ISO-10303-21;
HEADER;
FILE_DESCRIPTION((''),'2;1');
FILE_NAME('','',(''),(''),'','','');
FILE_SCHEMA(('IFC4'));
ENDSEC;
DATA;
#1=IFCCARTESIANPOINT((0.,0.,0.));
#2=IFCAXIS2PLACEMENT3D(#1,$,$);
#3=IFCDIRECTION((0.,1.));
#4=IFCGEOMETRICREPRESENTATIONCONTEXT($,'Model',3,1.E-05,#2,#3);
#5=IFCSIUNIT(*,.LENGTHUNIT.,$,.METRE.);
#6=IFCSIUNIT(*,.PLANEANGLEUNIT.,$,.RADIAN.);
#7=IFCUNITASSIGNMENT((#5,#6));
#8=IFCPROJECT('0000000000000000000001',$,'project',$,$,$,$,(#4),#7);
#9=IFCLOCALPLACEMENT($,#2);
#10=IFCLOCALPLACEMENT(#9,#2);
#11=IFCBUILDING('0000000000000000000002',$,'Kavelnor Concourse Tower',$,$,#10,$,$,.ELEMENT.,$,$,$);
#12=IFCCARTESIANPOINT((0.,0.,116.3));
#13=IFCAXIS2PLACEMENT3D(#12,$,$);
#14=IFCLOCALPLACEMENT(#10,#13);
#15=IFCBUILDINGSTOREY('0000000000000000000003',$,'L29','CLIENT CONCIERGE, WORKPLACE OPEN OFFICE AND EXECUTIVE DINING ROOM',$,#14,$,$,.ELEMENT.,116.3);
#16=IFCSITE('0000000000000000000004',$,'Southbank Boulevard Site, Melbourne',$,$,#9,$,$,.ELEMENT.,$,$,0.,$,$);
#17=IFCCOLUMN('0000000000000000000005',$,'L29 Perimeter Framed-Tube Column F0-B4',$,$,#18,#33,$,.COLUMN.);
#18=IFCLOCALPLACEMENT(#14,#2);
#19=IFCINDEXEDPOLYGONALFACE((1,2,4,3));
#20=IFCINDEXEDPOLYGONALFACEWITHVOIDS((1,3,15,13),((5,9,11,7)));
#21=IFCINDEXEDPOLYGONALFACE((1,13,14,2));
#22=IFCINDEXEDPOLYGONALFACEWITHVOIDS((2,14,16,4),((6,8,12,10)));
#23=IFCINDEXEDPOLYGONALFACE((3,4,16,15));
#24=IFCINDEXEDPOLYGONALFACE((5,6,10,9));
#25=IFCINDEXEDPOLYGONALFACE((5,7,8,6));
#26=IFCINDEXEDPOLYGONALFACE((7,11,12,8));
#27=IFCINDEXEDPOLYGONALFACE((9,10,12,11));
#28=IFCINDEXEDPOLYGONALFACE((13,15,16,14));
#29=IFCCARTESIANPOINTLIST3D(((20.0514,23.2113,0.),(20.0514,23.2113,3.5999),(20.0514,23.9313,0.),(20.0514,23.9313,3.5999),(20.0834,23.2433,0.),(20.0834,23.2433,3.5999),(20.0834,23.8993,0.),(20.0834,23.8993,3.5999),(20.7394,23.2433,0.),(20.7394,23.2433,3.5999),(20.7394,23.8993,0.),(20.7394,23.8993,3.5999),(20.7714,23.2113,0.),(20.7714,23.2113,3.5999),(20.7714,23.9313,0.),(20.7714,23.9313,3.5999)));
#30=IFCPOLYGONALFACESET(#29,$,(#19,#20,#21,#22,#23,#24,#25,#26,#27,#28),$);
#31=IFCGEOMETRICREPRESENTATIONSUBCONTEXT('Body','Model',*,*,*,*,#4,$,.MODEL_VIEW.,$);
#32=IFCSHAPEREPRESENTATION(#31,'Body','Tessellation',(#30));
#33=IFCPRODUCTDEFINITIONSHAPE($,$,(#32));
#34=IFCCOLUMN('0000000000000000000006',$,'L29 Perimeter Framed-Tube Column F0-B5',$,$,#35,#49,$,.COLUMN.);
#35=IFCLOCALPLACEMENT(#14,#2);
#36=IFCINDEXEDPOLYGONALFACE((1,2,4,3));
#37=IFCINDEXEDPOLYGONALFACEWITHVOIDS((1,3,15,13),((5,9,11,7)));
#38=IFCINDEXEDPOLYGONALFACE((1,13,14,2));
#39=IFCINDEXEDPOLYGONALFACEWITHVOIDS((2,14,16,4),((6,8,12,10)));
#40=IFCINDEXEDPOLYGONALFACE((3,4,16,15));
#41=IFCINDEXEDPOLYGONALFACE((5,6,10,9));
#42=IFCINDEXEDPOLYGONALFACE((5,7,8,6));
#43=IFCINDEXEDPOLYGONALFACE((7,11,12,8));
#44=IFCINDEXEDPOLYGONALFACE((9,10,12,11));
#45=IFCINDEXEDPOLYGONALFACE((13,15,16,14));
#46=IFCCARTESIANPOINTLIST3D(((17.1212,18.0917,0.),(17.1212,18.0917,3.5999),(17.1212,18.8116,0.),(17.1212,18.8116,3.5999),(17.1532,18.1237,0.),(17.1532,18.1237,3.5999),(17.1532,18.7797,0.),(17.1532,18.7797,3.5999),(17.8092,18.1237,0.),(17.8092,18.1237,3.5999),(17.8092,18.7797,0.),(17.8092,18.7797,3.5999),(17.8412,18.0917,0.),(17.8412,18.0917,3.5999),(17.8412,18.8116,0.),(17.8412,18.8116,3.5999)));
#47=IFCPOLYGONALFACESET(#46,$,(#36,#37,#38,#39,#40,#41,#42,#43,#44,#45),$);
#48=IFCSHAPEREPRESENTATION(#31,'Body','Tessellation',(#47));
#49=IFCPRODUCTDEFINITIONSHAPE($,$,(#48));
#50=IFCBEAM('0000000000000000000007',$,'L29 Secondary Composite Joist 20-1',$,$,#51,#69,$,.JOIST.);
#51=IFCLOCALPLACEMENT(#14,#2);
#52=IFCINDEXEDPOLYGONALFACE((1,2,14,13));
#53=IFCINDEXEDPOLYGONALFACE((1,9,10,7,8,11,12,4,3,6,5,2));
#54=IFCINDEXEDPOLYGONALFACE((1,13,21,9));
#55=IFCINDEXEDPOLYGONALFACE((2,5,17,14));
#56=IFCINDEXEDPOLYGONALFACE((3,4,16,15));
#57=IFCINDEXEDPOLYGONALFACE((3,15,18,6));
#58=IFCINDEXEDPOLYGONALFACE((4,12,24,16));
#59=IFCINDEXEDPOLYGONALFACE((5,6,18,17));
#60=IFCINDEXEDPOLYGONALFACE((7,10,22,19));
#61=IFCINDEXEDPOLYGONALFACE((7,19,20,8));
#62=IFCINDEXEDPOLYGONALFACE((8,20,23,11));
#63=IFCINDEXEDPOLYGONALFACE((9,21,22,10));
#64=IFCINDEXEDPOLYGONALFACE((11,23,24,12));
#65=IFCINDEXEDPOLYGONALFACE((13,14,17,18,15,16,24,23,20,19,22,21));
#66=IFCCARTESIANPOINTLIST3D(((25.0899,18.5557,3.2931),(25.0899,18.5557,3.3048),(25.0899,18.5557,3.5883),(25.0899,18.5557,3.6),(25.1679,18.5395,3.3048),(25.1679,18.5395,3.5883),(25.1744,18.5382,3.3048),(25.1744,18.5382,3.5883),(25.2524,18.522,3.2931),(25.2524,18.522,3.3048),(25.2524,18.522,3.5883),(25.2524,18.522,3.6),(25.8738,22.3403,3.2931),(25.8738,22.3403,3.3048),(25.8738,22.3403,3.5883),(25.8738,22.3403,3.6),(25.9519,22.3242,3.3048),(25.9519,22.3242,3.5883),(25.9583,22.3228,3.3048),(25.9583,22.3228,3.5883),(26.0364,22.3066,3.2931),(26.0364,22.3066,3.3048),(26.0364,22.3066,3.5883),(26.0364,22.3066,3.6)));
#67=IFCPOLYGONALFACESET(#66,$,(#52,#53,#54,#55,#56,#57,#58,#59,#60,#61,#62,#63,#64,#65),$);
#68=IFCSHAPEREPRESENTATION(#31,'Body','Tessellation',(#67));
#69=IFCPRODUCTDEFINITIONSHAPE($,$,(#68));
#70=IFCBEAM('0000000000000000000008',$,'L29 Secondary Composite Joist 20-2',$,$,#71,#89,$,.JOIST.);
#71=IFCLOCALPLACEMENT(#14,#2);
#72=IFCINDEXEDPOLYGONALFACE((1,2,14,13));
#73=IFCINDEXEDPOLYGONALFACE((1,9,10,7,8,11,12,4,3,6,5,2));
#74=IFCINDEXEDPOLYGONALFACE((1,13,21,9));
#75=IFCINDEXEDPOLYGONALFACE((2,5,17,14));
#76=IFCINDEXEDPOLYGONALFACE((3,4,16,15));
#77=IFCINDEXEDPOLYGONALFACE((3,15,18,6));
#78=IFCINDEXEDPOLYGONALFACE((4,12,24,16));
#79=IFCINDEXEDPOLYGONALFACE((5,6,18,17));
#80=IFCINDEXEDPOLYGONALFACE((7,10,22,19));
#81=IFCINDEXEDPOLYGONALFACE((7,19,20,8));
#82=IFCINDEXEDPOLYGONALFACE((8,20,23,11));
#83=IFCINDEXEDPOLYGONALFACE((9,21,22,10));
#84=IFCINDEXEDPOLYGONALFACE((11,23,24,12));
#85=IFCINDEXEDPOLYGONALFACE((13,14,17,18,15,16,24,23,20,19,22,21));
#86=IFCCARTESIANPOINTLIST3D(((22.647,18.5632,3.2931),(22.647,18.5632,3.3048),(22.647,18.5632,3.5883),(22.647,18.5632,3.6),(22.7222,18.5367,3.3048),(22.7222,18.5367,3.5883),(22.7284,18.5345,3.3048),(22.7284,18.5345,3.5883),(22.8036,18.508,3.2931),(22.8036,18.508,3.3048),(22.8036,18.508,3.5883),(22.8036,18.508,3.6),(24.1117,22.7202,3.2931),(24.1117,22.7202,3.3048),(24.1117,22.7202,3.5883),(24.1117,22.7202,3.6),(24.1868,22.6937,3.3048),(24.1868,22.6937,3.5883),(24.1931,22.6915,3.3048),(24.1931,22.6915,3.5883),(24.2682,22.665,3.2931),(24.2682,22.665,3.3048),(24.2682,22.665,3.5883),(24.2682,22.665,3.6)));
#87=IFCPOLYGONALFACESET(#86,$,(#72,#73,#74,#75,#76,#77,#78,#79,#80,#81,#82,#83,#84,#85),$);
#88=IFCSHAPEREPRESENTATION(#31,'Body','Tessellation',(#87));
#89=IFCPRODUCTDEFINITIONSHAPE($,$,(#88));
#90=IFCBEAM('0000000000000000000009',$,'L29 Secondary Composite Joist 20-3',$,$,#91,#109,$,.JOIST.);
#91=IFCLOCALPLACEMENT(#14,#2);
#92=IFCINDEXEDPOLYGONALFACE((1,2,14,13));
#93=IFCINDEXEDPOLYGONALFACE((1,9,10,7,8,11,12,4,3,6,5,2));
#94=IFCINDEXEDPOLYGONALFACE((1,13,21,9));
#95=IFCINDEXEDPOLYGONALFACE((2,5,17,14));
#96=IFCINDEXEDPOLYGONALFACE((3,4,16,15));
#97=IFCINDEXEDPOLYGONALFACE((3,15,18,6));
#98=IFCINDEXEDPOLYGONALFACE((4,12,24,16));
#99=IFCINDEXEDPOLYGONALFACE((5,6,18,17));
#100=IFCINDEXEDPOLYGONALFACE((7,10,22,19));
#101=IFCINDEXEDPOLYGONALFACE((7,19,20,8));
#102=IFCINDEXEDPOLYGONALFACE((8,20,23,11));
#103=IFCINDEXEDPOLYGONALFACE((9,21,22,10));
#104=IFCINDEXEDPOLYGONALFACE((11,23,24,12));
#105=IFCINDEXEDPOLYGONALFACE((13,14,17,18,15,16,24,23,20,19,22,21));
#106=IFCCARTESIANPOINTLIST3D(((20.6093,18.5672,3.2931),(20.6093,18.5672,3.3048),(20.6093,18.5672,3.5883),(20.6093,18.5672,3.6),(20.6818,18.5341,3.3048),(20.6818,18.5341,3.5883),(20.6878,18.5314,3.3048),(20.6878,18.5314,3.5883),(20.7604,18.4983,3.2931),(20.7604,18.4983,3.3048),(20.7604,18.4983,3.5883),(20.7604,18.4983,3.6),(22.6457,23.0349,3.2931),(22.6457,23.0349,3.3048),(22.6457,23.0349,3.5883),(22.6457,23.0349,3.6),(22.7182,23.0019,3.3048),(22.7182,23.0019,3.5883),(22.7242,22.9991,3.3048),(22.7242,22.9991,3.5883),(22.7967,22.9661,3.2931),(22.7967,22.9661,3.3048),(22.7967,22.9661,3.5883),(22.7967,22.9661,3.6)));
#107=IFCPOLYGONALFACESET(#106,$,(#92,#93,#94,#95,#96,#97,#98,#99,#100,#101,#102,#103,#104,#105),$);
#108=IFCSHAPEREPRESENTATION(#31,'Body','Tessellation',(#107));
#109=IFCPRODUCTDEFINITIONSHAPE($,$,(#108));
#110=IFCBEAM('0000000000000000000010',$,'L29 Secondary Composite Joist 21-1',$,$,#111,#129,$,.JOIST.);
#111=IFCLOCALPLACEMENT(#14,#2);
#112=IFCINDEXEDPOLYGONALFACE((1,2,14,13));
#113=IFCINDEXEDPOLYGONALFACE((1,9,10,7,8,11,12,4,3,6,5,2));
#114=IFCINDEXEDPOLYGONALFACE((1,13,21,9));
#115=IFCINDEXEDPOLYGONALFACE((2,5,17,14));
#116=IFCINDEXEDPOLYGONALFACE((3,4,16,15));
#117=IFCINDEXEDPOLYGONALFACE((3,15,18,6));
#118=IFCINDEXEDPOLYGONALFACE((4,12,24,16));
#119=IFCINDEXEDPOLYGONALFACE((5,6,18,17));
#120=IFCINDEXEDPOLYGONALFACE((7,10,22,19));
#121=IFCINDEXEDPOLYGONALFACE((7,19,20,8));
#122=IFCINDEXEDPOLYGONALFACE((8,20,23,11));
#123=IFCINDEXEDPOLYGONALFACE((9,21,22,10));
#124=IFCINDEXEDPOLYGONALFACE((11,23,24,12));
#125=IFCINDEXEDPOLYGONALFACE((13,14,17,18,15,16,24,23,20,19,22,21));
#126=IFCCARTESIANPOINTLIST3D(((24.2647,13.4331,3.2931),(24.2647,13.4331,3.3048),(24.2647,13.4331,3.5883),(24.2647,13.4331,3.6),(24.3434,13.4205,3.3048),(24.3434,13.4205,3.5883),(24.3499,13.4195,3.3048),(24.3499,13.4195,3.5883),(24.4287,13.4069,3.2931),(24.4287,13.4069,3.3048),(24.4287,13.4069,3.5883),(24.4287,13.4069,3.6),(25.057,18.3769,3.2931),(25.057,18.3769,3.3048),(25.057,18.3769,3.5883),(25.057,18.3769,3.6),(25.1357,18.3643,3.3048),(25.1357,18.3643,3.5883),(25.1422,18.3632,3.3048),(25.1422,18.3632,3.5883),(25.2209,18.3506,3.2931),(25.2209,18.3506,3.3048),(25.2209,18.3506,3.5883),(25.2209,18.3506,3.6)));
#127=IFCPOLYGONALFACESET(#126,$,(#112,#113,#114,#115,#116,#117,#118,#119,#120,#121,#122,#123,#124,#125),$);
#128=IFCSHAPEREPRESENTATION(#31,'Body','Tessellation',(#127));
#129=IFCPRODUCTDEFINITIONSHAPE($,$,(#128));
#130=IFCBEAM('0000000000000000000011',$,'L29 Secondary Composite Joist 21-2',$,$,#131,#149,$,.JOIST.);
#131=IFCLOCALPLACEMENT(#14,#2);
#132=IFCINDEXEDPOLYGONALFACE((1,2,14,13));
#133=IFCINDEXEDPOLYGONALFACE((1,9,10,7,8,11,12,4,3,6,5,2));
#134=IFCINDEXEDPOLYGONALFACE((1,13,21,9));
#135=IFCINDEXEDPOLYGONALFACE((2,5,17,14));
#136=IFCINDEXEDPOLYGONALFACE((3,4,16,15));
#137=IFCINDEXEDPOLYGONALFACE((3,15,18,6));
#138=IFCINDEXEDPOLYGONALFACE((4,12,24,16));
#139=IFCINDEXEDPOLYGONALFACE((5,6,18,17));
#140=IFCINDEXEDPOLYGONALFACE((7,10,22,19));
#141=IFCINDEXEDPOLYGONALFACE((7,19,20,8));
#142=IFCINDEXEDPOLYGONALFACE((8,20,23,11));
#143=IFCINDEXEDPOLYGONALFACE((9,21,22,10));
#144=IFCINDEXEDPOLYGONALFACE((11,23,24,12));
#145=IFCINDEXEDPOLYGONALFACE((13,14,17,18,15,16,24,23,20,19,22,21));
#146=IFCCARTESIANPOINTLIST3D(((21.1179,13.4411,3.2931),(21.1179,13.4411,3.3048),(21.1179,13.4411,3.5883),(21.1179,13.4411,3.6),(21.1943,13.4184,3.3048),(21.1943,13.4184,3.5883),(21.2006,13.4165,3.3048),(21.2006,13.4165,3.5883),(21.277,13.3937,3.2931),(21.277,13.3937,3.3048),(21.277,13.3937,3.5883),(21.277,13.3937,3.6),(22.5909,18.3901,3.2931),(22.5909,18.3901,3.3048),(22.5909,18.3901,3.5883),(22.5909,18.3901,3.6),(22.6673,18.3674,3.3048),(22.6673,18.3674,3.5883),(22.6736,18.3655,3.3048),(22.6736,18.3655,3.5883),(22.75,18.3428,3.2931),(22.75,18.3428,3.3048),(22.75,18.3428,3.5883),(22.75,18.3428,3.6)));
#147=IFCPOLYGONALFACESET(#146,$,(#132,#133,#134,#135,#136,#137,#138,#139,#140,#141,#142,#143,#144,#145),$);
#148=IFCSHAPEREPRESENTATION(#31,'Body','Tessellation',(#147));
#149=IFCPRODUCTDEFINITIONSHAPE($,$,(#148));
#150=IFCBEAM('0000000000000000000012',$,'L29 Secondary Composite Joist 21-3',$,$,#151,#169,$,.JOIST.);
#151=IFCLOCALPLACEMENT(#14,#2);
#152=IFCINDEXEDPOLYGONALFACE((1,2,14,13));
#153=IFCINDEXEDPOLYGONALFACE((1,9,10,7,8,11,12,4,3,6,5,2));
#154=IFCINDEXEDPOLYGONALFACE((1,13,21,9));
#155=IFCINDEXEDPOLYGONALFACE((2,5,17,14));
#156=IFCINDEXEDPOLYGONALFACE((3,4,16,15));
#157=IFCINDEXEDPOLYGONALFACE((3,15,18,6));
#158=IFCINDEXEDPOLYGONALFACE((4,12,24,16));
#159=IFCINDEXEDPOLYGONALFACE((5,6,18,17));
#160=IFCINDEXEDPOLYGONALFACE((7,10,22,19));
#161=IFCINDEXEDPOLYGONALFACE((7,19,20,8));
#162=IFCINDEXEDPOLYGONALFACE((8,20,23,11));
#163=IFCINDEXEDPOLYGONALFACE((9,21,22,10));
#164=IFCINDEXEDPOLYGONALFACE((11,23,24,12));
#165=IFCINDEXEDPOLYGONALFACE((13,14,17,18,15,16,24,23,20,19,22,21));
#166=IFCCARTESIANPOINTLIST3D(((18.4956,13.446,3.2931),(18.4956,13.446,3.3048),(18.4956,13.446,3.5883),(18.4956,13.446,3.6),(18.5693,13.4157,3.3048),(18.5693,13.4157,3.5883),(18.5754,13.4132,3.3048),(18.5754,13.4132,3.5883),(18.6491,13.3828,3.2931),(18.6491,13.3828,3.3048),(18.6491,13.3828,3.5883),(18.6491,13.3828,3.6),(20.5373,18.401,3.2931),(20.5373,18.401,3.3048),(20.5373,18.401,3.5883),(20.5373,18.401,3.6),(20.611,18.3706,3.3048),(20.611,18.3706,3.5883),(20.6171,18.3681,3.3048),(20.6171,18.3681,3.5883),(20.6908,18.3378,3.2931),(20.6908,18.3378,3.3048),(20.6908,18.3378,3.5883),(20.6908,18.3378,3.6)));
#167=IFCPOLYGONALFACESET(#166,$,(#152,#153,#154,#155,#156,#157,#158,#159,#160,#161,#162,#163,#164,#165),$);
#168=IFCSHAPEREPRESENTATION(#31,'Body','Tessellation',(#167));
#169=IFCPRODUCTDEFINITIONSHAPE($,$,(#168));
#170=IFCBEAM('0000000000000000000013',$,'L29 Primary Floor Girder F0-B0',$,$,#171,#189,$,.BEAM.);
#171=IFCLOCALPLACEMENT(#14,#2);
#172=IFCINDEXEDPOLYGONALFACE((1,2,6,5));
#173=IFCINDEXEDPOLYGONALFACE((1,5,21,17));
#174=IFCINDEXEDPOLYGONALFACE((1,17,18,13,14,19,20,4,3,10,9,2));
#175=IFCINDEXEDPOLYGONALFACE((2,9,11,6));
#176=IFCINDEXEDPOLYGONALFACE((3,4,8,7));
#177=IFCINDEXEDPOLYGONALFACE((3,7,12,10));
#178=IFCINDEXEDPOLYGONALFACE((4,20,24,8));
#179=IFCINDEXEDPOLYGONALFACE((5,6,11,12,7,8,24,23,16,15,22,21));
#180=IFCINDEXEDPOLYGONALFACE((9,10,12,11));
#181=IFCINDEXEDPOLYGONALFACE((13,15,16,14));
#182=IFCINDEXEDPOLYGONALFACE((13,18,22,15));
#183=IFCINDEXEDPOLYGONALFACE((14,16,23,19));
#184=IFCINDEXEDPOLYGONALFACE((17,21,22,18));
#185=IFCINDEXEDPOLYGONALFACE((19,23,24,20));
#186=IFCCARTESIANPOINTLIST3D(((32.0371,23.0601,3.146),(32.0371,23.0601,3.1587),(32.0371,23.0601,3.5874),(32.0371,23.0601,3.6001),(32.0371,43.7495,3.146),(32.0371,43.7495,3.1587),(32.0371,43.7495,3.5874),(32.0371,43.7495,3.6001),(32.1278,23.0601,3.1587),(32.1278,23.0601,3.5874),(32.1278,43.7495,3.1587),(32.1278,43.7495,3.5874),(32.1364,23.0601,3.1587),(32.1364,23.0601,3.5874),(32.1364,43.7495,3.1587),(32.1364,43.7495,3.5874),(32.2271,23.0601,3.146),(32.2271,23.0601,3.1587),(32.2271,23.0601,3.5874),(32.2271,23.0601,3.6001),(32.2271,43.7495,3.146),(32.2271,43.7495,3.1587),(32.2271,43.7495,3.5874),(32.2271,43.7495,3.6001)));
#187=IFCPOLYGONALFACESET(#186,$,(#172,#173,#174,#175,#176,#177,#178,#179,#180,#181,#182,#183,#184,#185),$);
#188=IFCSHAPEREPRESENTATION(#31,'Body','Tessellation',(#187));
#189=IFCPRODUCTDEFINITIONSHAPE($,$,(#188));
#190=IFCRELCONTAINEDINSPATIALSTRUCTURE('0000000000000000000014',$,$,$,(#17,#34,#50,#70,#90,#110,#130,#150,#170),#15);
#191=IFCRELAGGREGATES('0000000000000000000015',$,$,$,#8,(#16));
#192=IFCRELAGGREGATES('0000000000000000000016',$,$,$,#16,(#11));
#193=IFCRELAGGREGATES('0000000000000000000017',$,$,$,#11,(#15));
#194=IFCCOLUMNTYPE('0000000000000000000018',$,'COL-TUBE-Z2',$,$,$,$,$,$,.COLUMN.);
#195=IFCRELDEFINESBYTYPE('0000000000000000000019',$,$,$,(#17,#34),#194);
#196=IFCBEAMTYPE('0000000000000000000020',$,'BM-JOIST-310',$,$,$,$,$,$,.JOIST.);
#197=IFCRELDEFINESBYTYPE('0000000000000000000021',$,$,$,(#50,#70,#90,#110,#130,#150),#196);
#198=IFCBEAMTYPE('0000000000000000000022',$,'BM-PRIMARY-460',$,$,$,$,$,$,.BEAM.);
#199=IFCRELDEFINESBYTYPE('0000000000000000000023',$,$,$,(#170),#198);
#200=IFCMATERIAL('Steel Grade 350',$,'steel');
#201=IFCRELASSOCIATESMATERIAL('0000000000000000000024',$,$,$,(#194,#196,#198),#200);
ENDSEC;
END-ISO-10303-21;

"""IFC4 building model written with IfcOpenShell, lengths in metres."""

from ifc_helpers import new_model, si_unit, direction, frame, origin, origin_2d, place, context, subcontext, project, spatial, hollow_rectangle, i_section, extrude, material, material_profile, profile_set, type_object, element, save


model = new_model("IFC4")

# Units and contexts
model_context = context("Model", 3, precision=1e-05, world=origin(), true_north=direction((0.0, 1.0)))
body_context = subcontext(model_context, "Body", "Model", "MODEL_VIEW")
ifc_project = project(units=[si_unit("LENGTHUNIT", "METRE"), si_unit("PLANEANGLEUNIT", "RADIAN")], contexts=[model_context])

# Site, building, storey
site_placement = place(None, origin())
site = spatial("IfcSite", under=ifc_project, at=site_placement, Name="Southbank Boulevard Site, Melbourne", CompositionType="ELEMENT", RefElevation=0.0)
building_placement = place(site_placement, origin())
building = spatial("IfcBuilding", under=site, at=building_placement, Name="Kavelnor Concourse Tower", CompositionType="ELEMENT")
storey_placement = place(building_placement, frame((0.0, 0.0, 116.3)))
storey = spatial("IfcBuildingStorey", under=building, at=storey_placement, Name="L29", Description="CLIENT CONCIERGE, WORKPLACE OPEN OFFICE AND EXECUTIVE DINING ROOM", CompositionType="ELEMENT", Elevation=116.3)

# Columns
ifc_material_1 = material(Name="Steel Grade 350", Category="steel")
ifc_material_profile_1 = material_profile(ifc_material_1, hollow_rectangle(XDim=0.72, YDim=0.72, WallThickness=0.032, at=origin_2d()), Name="SHS 720x720x32")
ifc_profile_set_1 = profile_set([ifc_material_profile_1], Name="Steel Grade 350")
column_type = type_object("IfcColumnType", Name="COL-TUBE-Z2", PredefinedType="COLUMN", material=ifc_profile_set_1)
for number, where, z_axis, x_axis, name in (
    (1, (20.4114, 23.5713, 0.0), (0.0, 0.0, 1.0), (1.0, 0.0, 0.0), "L29 Perimeter Framed-Tube Column F0-B4"),
    (2, (17.4812, 18.4517, 0.0), (0.0, 0.0, 1.0), (1.0, 0.0, 0.0), "L29 Perimeter Framed-Tube Column F0-B5"),
):
    element("IfcColumn", number, at=place(storey_placement, frame(where, z_axis=z_axis, x_axis=x_axis)), inside=storey, type_object=column_type, Name=name, PredefinedType="COLUMN", context=body_context, shape_type="SweptSolid", body=[
        extrude(hollow_rectangle(XDim=0.72, YDim=0.72, WallThickness=0.032, at=origin_2d()), origin(), (0.0, 0.0, 1.0), 3.5999),
    ])

# Beams
ifc_material_profile_2 = material_profile(ifc_material_1, i_section(OverallWidth=0.166, OverallDepth=0.3069, WebThickness=0.0066, FlangeThickness=0.0117, at=origin_2d()), Name="310UB46")
ifc_profile_set_2 = profile_set([ifc_material_profile_2], Name="Steel Grade 350")
beam_type_1 = type_object("IfcBeamType", Name="BM-JOIST-310", PredefinedType="JOIST", material=ifc_profile_set_2)
beam_1_placement = place(storey_placement, frame((25.9551, 22.3235, 3.4465), z_axis=(-0.202829, -0.979214, 0.0), x_axis=(0.979214, -0.202829, 0.0)))
element("IfcBeam", 3, at=beam_1_placement, inside=storey, type_object=beam_type_1, Name="L29 Secondary Composite Joist 20-1", PredefinedType="JOIST", context=body_context, shape_type="SweptSolid", body=[
    extrude(i_section(OverallWidth=0.166, OverallDepth=0.3069, WebThickness=0.0066, FlangeThickness=0.0117, at=origin_2d()), origin(), (0.0, 0.0, 1.0), 3.865),
])
beam_2_placement = place(storey_placement, frame((24.1899, 22.6926, 3.4465), z_axis=(-0.332301, -0.943173, 0.0), x_axis=(0.943173, -0.332301, 0.0)))
element("IfcBeam", 4, at=beam_2_placement, inside=storey, type_object=beam_type_1, Name="L29 Secondary Composite Joist 20-2", PredefinedType="JOIST", context=body_context, shape_type="SweptSolid", body=[
    extrude(i_section(OverallWidth=0.166, OverallDepth=0.3069, WebThickness=0.0066, FlangeThickness=0.0117, at=origin_2d()), origin(), (0.0, 0.0, 1.0), 4.4075),
])
beam_3_placement = place(storey_placement, frame((22.7212, 23.0005, 3.4465), z_axis=(-0.414743, -0.909939, 0.0), x_axis=(0.909939, -0.414743, 0.0)))
element("IfcBeam", 5, at=beam_3_placement, inside=storey, type_object=beam_type_1, Name="L29 Secondary Composite Joist 20-3", PredefinedType="JOIST", context=body_context, shape_type="SweptSolid", body=[
    extrude(i_section(OverallWidth=0.166, OverallDepth=0.3069, WebThickness=0.0066, FlangeThickness=0.0117, at=origin_2d()), origin(), (0.0, 0.0, 1.0), 4.9099),
])
beam_4_placement = place(storey_placement, frame((25.1389, 18.3638, 3.4465), z_axis=(-0.158228, -0.987403, 0.0), x_axis=(0.987403, -0.158228, 0.0)))
element("IfcBeam", 6, at=beam_4_placement, inside=storey, type_object=beam_type_1, Name="L29 Secondary Composite Joist 21-1", PredefinedType="JOIST", context=body_context, shape_type="SweptSolid", body=[
    extrude(i_section(OverallWidth=0.166, OverallDepth=0.3069, WebThickness=0.0066, FlangeThickness=0.0117, at=origin_2d()), origin(), (0.0, 0.0, 1.0), 5.0068),
])
beam_5_placement = place(storey_placement, frame((22.6704, 18.3665, 3.4465), z_axis=(-0.285252, -0.958453, 0.0), x_axis=(0.958453, -0.285252, 0.0)))
element("IfcBeam", 7, at=beam_5_placement, inside=storey, type_object=beam_type_1, Name="L29 Secondary Composite Joist 21-2", PredefinedType="JOIST", context=body_context, shape_type="SweptSolid", body=[
    extrude(i_section(OverallWidth=0.166, OverallDepth=0.3069, WebThickness=0.0066, FlangeThickness=0.0117, at=origin_2d()), origin(), (0.0, 0.0, 1.0), 5.1636),
])
beam_6_placement = place(storey_placement, frame((20.614, 18.3694, 3.4465), z_axis=(-0.380977, -0.924585, 0.0), x_axis=(0.924585, -0.380977, 0.0)))
element("IfcBeam", 8, at=beam_6_placement, inside=storey, type_object=beam_type_1, Name="L29 Secondary Composite Joist 21-3", PredefinedType="JOIST", context=body_context, shape_type="SweptSolid", body=[
    extrude(i_section(OverallWidth=0.166, OverallDepth=0.3069, WebThickness=0.0066, FlangeThickness=0.0117, at=origin_2d()), origin(), (0.0, 0.0, 1.0), 5.3591),
])
ifc_material_profile_3 = material_profile(ifc_material_1, i_section(OverallWidth=0.1899, OverallDepth=0.4541, WebThickness=0.0085, FlangeThickness=0.0127, at=origin_2d()), Name="460UB67")
ifc_profile_set_3 = profile_set([ifc_material_profile_3], Name="Steel Grade 350")
beam_type_2 = type_object("IfcBeamType", Name="BM-PRIMARY-460", PredefinedType="BEAM", material=ifc_profile_set_3)
beam_7_placement = place(storey_placement, frame((32.1321, 23.0601, 3.373), z_axis=(0.0, 1.0, 0.0), x_axis=(-1.0, 0.0, 0.0)))
element("IfcBeam", 9, at=beam_7_placement, inside=storey, type_object=beam_type_2, Name="L29 Primary Floor Girder F0-B0", PredefinedType="BEAM", context=body_context, shape_type="SweptSolid", body=[
    extrude(i_section(OverallWidth=0.1899, OverallDepth=0.4541, WebThickness=0.0085, FlangeThickness=0.0127, at=origin_2d()), origin(), (0.0, 0.0, 1.0), 20.6895),
])

save(model, "model.ifc")
